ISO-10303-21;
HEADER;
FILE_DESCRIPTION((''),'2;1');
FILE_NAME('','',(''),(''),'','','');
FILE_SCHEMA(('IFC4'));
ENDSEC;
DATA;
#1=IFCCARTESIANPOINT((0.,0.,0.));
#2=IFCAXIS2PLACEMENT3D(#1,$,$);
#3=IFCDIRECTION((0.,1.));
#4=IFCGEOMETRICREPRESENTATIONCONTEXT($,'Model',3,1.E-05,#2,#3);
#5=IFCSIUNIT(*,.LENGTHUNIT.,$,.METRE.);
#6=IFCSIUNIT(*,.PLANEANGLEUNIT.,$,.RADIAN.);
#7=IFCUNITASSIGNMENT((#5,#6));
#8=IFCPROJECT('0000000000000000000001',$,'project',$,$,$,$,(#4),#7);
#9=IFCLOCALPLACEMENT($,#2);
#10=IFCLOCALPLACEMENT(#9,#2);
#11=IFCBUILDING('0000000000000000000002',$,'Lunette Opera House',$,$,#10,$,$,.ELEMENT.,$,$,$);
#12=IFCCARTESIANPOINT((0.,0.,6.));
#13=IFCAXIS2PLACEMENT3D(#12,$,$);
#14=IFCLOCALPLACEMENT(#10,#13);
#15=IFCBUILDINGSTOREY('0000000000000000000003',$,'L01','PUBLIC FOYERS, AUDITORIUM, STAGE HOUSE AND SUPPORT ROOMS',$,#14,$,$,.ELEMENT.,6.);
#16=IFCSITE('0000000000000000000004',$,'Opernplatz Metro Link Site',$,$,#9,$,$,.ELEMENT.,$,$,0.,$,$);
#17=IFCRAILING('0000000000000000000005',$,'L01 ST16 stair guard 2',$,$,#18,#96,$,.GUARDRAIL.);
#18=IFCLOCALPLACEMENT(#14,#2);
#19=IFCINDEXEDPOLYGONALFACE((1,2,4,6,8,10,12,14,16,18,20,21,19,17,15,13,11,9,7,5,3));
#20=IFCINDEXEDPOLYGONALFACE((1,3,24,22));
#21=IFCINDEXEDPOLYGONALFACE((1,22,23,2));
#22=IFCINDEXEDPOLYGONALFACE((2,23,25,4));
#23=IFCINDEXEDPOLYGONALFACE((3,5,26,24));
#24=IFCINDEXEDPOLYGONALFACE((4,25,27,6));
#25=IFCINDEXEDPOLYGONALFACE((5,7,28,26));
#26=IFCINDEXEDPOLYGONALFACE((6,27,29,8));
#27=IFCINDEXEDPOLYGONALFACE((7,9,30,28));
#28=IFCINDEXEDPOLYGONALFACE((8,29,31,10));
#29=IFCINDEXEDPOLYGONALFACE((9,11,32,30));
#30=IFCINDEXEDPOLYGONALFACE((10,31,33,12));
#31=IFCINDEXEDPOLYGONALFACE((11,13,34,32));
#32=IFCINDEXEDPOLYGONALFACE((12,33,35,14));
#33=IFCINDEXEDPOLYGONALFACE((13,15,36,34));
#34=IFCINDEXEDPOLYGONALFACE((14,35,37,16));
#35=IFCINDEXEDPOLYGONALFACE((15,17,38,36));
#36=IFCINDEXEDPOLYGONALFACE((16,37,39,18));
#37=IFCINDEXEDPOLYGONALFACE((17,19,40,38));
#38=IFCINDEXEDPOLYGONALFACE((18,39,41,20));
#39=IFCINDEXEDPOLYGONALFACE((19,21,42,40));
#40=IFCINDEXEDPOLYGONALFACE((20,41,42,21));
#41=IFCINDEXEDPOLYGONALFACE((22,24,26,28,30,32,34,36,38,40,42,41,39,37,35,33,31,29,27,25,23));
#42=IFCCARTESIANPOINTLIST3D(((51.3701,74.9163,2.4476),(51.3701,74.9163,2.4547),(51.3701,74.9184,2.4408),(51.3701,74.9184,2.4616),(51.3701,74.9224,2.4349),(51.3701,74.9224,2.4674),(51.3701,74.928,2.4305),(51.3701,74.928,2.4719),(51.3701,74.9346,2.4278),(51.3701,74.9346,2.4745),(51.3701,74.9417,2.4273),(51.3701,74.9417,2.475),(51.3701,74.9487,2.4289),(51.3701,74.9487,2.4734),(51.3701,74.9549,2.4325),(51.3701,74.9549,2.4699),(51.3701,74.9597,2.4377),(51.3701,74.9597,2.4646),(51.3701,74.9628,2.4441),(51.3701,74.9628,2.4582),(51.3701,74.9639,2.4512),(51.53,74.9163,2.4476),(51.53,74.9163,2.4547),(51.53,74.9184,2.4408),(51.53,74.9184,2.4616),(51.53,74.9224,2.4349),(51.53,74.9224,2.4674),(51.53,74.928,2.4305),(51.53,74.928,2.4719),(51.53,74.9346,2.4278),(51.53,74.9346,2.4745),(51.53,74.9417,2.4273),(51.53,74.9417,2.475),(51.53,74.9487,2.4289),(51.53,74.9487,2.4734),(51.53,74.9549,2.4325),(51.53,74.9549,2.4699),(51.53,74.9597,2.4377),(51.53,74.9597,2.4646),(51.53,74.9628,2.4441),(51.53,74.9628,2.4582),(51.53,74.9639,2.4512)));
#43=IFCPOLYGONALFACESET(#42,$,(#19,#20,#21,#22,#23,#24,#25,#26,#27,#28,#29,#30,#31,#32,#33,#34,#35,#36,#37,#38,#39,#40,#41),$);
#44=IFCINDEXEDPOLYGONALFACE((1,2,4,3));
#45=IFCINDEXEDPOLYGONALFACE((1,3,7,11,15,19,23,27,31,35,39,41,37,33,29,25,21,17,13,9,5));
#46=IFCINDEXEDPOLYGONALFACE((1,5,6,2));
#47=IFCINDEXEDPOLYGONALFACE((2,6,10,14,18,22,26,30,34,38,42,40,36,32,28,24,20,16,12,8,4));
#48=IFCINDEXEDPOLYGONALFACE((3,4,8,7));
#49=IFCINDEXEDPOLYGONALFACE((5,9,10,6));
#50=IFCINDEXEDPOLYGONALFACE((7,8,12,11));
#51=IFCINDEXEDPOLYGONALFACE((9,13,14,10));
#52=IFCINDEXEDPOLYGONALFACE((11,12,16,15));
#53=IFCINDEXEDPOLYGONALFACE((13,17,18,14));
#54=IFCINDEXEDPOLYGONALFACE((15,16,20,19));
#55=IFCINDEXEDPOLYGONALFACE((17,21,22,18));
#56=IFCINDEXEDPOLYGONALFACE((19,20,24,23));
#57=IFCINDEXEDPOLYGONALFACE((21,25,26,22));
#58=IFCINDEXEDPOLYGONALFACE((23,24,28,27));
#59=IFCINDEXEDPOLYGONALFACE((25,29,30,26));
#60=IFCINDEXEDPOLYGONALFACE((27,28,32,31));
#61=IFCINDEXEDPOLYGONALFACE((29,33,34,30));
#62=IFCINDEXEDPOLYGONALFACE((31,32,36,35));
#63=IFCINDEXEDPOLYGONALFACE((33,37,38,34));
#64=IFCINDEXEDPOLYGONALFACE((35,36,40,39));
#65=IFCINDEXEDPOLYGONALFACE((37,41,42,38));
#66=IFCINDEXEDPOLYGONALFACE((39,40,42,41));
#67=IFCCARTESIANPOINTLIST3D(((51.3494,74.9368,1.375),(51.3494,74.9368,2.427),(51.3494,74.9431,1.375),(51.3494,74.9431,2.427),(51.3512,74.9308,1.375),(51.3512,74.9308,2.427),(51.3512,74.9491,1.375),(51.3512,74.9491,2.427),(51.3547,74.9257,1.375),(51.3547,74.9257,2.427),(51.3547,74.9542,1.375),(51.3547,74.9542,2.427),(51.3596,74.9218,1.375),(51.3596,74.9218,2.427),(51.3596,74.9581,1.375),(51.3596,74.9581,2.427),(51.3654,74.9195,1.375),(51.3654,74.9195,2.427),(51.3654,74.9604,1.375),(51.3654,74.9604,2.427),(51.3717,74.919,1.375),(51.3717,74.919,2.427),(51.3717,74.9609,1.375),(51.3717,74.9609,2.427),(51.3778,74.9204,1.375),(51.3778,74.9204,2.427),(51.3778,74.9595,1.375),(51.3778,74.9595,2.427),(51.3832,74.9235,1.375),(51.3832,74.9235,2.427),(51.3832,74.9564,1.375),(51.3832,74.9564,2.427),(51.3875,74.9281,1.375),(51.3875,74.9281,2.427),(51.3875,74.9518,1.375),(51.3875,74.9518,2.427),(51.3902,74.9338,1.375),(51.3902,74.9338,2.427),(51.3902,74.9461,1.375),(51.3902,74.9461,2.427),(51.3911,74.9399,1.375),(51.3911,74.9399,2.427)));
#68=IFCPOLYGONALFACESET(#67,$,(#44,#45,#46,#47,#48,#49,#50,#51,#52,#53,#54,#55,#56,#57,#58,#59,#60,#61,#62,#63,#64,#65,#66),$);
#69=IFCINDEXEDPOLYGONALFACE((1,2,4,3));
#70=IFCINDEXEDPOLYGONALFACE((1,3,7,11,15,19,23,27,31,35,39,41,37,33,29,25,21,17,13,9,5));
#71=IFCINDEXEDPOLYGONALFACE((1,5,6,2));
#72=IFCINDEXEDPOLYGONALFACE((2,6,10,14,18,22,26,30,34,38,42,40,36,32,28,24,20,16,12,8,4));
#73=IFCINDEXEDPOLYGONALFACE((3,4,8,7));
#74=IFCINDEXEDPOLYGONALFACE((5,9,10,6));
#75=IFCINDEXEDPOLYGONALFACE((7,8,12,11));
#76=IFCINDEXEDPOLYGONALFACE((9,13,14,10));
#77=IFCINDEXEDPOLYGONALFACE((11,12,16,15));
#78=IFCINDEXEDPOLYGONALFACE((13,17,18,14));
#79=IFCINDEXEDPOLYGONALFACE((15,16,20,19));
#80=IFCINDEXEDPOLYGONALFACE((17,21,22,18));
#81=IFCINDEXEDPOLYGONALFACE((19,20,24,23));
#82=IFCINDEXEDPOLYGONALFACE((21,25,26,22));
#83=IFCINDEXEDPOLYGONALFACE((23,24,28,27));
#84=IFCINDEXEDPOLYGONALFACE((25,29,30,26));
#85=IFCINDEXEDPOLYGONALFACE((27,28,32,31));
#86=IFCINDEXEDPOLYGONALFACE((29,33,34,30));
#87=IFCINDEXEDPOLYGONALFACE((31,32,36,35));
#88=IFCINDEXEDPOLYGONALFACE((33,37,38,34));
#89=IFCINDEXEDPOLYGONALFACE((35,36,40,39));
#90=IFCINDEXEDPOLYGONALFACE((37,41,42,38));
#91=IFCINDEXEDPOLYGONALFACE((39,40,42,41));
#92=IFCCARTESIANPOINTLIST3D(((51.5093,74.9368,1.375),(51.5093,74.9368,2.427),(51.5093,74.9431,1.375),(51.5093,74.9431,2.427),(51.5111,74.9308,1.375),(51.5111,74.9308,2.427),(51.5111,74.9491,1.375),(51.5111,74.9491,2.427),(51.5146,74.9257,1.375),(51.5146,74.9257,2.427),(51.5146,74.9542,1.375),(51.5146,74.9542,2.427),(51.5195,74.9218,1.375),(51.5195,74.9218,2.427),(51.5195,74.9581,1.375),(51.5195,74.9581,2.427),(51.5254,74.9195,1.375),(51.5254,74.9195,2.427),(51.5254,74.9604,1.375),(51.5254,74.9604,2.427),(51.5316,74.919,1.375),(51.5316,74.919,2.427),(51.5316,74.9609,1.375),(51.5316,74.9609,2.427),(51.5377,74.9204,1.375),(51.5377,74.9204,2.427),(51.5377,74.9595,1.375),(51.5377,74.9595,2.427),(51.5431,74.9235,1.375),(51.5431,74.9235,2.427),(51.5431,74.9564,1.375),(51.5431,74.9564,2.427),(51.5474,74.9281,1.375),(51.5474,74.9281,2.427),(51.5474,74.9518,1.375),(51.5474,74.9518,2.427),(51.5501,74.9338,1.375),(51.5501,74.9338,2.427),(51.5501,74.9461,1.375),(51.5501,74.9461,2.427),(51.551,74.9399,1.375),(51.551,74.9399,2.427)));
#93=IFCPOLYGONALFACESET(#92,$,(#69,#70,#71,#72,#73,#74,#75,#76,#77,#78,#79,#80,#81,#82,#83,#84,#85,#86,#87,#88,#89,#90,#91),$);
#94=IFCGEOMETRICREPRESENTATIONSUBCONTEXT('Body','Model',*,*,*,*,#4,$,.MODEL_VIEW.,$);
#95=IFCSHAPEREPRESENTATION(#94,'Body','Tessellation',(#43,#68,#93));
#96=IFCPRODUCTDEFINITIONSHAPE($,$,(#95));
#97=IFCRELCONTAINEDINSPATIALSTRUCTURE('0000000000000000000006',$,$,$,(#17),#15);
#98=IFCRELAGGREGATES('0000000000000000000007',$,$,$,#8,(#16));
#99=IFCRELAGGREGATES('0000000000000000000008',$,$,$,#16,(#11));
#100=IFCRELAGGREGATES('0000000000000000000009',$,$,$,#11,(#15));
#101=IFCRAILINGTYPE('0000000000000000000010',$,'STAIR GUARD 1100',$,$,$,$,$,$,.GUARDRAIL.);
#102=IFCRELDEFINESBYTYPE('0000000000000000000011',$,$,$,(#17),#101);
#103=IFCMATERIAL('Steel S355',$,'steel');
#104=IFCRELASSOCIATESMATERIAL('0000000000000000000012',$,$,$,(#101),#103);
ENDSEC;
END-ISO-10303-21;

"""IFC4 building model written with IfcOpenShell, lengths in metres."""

from ifc_helpers import new_model, si_unit, direction, frame, origin, origin_2d, place, context, subcontext, project, spatial, circle, extrude, material, type_object, element, save


model = new_model("IFC4")

# Units and contexts
model_context = context("Model", 3, precision=1e-05, world=origin(), true_north=direction((0.0, 1.0)))
body_context = subcontext(model_context, "Body", "Model", "MODEL_VIEW")
ifc_project = project(units=[si_unit("LENGTHUNIT", "METRE"), si_unit("PLANEANGLEUNIT", "RADIAN")], contexts=[model_context])

# Site, building, storey
site_placement = place(None, origin())
site = spatial("IfcSite", under=ifc_project, at=site_placement, Name="Opernplatz Metro Link Site", CompositionType="ELEMENT", RefElevation=0.0)
building_placement = place(site_placement, origin())
building = spatial("IfcBuilding", under=site, at=building_placement, Name="Lunette Opera House", CompositionType="ELEMENT")
storey_placement = place(building_placement, frame((0.0, 0.0, 6.0)))
storey = spatial("IfcBuildingStorey", under=building, at=storey_placement, Name="L01", Description="PUBLIC FOYERS, AUDITORIUM, STAGE HOUSE AND SUPPORT ROOMS", CompositionType="ELEMENT", Elevation=6.0)

# Railing
ifc_material_1 = material(Name="Steel S355", Category="steel")
railing_type_1 = type_object("IfcRailingType", Name="STAIR GUARD 1100", PredefinedType="GUARDRAIL", material=ifc_material_1)
railing_1_placement = place(storey_placement, frame((51.3701, 74.9399, 1.375)))
element("IfcRailing", 1, at=railing_1_placement, inside=storey, type_object=railing_type_1, Name="L01 ST16 stair guard 2", PredefinedType="GUARDRAIL", context=body_context, shape_type="SweptSolid", body=[
    extrude(circle(Radius=0.0239, at=origin_2d()), frame((0.0, 0.0, 1.0762), z_axis=(1.0, 0.0, 0.0), x_axis=(0.0, 1.0, 0.0)), (0.0, 0.0, 1.0), 0.1599),
    extrude(circle(Radius=0.021, at=origin_2d()), origin(), (0.0, 0.0, 1.0), 1.052),
    extrude(circle(Radius=0.021, at=origin_2d()), frame((0.1599, 0.0, 0.0)), (0.0, 0.0, 1.0), 1.052),
])

save(model, "model.ifc")
